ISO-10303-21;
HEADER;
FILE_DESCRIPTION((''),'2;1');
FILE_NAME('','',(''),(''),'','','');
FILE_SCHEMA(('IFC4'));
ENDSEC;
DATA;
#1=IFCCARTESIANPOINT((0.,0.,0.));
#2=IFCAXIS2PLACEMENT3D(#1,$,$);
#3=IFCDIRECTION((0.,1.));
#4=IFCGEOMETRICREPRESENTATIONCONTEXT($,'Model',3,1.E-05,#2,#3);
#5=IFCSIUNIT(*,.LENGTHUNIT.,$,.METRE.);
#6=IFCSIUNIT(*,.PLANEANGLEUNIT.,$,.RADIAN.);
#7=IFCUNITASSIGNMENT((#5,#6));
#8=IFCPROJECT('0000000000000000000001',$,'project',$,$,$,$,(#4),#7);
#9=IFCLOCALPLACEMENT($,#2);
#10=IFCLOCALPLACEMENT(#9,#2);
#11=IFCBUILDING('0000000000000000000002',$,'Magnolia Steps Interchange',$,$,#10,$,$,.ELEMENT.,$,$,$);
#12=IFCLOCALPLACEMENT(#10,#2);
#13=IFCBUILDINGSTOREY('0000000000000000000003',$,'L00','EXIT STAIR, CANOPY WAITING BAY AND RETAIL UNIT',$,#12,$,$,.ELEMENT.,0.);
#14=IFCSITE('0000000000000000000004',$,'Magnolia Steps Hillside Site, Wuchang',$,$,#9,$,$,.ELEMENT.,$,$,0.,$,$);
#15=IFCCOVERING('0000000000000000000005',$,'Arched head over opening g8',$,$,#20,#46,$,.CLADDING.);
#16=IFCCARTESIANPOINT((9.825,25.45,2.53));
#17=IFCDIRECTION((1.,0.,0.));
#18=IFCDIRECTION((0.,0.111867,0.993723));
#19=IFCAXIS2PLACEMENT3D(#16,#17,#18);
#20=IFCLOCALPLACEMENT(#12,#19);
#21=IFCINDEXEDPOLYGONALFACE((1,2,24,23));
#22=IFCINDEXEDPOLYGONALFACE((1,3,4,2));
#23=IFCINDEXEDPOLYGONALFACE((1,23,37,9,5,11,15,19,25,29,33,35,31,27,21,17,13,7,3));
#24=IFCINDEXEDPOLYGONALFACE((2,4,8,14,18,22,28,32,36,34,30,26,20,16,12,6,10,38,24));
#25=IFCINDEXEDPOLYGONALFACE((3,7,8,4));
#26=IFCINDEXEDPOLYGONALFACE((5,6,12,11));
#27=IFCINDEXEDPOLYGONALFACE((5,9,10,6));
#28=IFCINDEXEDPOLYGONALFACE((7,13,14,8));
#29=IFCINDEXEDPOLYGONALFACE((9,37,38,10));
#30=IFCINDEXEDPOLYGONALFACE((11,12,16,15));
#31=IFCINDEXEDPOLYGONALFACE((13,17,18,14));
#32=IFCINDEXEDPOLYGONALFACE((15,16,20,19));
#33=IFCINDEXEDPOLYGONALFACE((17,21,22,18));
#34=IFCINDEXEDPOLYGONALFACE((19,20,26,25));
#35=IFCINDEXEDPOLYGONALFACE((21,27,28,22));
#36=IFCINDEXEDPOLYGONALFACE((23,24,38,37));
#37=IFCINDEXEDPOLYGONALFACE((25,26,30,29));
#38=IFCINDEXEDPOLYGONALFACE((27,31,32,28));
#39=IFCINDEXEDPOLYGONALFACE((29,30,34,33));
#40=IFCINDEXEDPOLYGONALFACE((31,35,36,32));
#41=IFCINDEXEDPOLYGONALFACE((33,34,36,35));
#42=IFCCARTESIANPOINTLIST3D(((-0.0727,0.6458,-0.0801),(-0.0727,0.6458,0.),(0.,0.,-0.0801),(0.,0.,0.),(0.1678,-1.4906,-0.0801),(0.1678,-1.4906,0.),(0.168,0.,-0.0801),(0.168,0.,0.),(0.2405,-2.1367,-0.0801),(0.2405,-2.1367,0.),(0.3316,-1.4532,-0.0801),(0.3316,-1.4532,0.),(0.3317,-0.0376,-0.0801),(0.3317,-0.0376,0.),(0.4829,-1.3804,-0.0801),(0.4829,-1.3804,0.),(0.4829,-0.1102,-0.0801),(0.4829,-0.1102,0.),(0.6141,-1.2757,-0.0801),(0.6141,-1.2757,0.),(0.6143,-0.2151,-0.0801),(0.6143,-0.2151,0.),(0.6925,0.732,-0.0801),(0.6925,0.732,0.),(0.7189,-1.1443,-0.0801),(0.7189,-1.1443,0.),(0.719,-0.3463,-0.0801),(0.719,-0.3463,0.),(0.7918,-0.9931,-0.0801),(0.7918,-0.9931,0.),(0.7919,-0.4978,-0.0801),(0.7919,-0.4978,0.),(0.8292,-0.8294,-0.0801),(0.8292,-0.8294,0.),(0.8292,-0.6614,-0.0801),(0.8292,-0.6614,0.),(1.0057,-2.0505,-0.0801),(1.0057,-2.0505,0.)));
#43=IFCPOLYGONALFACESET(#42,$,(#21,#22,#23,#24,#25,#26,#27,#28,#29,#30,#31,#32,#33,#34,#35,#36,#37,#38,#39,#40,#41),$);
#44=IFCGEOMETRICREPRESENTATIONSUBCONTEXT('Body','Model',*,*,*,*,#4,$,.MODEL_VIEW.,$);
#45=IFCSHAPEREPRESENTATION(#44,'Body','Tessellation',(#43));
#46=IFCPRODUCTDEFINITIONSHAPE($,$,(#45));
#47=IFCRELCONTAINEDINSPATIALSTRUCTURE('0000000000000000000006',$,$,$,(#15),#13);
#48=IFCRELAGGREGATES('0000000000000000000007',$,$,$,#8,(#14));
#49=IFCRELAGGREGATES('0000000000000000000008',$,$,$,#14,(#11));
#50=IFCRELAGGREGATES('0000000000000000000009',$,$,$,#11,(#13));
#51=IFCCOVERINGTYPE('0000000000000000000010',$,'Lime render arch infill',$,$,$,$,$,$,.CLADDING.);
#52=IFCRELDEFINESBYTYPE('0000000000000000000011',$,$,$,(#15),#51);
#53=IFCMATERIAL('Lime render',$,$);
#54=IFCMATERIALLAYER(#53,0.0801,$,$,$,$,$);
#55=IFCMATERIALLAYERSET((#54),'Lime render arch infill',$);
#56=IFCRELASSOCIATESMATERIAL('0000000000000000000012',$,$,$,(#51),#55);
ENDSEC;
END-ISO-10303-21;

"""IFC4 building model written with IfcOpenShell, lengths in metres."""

from ifc_helpers import new_model, si_unit, direction, frame, origin, place, context, subcontext, project, spatial, polyline, outline, extrude, material, layer, layer_set, type_object, element, save


model = new_model("IFC4")

# Units and contexts
model_context = context("Model", 3, precision=1e-05, world=origin(), true_north=direction((0.0, 1.0)))
body_context = subcontext(model_context, "Body", "Model", "MODEL_VIEW")
ifc_project = project(units=[si_unit("LENGTHUNIT", "METRE"), si_unit("PLANEANGLEUNIT", "RADIAN")], contexts=[model_context])

# Site, building, storey
site_placement = place(None, origin())
site = spatial("IfcSite", under=ifc_project, at=site_placement, Name="Magnolia Steps Hillside Site, Wuchang", CompositionType="ELEMENT", RefElevation=0.0)
building_placement = place(site_placement, origin())
building = spatial("IfcBuilding", under=site, at=building_placement, Name="Magnolia Steps Interchange", CompositionType="ELEMENT")
storey_placement = place(building_placement, origin())
storey = spatial("IfcBuildingStorey", under=building, at=storey_placement, Name="L00", Description="EXIT STAIR, CANOPY WAITING BAY AND RETAIL UNIT", CompositionType="ELEMENT", Elevation=0.0)

# Covering
ifc_material_1 = material(Name="Lime render")
ifc_layer_1 = layer(ifc_material_1, 0.0801)
ifc_layer_set_1 = layer_set([ifc_layer_1], Name="Lime render arch infill")
covering_type_1 = type_object("IfcCoveringType", Name="Lime render arch infill", PredefinedType="CLADDING", material=ifc_layer_set_1)
covering_1_placement = place(storey_placement, frame((9.825, 25.45, 2.53), z_axis=(1.0, 0.0, 0.0), x_axis=(0.0, 0.111867, 0.993723)))
element("IfcCovering", 1, at=covering_1_placement, inside=storey, type_object=covering_type_1, Name="Arched head over opening g8", PredefinedType="CLADDING", context=body_context, shape_type="SweptSolid", body=[
    extrude(outline(polyline([(0.0, 0.0), (0.168, 0.0), (0.3317, -0.0376), (0.4829, -0.1102), (0.6143, -0.2151), (0.719, -0.3463), (0.7919, -0.4978), (0.8292, -0.6614), (0.8292, -0.8294), (0.7918, -0.9931), (0.7189, -1.1443), (0.6141, -1.2757), (0.4829, -1.3804), (0.3316, -1.4532), (0.1678, -1.4906), (0.2405, -2.1367), (1.0057, -2.0505), (0.6925, 0.732), (-0.0727, 0.6458), (0.0, 0.0)])), origin(), (0.0, 0.0, -1.0), 0.0801),
])

save(model, "model.ifc")
